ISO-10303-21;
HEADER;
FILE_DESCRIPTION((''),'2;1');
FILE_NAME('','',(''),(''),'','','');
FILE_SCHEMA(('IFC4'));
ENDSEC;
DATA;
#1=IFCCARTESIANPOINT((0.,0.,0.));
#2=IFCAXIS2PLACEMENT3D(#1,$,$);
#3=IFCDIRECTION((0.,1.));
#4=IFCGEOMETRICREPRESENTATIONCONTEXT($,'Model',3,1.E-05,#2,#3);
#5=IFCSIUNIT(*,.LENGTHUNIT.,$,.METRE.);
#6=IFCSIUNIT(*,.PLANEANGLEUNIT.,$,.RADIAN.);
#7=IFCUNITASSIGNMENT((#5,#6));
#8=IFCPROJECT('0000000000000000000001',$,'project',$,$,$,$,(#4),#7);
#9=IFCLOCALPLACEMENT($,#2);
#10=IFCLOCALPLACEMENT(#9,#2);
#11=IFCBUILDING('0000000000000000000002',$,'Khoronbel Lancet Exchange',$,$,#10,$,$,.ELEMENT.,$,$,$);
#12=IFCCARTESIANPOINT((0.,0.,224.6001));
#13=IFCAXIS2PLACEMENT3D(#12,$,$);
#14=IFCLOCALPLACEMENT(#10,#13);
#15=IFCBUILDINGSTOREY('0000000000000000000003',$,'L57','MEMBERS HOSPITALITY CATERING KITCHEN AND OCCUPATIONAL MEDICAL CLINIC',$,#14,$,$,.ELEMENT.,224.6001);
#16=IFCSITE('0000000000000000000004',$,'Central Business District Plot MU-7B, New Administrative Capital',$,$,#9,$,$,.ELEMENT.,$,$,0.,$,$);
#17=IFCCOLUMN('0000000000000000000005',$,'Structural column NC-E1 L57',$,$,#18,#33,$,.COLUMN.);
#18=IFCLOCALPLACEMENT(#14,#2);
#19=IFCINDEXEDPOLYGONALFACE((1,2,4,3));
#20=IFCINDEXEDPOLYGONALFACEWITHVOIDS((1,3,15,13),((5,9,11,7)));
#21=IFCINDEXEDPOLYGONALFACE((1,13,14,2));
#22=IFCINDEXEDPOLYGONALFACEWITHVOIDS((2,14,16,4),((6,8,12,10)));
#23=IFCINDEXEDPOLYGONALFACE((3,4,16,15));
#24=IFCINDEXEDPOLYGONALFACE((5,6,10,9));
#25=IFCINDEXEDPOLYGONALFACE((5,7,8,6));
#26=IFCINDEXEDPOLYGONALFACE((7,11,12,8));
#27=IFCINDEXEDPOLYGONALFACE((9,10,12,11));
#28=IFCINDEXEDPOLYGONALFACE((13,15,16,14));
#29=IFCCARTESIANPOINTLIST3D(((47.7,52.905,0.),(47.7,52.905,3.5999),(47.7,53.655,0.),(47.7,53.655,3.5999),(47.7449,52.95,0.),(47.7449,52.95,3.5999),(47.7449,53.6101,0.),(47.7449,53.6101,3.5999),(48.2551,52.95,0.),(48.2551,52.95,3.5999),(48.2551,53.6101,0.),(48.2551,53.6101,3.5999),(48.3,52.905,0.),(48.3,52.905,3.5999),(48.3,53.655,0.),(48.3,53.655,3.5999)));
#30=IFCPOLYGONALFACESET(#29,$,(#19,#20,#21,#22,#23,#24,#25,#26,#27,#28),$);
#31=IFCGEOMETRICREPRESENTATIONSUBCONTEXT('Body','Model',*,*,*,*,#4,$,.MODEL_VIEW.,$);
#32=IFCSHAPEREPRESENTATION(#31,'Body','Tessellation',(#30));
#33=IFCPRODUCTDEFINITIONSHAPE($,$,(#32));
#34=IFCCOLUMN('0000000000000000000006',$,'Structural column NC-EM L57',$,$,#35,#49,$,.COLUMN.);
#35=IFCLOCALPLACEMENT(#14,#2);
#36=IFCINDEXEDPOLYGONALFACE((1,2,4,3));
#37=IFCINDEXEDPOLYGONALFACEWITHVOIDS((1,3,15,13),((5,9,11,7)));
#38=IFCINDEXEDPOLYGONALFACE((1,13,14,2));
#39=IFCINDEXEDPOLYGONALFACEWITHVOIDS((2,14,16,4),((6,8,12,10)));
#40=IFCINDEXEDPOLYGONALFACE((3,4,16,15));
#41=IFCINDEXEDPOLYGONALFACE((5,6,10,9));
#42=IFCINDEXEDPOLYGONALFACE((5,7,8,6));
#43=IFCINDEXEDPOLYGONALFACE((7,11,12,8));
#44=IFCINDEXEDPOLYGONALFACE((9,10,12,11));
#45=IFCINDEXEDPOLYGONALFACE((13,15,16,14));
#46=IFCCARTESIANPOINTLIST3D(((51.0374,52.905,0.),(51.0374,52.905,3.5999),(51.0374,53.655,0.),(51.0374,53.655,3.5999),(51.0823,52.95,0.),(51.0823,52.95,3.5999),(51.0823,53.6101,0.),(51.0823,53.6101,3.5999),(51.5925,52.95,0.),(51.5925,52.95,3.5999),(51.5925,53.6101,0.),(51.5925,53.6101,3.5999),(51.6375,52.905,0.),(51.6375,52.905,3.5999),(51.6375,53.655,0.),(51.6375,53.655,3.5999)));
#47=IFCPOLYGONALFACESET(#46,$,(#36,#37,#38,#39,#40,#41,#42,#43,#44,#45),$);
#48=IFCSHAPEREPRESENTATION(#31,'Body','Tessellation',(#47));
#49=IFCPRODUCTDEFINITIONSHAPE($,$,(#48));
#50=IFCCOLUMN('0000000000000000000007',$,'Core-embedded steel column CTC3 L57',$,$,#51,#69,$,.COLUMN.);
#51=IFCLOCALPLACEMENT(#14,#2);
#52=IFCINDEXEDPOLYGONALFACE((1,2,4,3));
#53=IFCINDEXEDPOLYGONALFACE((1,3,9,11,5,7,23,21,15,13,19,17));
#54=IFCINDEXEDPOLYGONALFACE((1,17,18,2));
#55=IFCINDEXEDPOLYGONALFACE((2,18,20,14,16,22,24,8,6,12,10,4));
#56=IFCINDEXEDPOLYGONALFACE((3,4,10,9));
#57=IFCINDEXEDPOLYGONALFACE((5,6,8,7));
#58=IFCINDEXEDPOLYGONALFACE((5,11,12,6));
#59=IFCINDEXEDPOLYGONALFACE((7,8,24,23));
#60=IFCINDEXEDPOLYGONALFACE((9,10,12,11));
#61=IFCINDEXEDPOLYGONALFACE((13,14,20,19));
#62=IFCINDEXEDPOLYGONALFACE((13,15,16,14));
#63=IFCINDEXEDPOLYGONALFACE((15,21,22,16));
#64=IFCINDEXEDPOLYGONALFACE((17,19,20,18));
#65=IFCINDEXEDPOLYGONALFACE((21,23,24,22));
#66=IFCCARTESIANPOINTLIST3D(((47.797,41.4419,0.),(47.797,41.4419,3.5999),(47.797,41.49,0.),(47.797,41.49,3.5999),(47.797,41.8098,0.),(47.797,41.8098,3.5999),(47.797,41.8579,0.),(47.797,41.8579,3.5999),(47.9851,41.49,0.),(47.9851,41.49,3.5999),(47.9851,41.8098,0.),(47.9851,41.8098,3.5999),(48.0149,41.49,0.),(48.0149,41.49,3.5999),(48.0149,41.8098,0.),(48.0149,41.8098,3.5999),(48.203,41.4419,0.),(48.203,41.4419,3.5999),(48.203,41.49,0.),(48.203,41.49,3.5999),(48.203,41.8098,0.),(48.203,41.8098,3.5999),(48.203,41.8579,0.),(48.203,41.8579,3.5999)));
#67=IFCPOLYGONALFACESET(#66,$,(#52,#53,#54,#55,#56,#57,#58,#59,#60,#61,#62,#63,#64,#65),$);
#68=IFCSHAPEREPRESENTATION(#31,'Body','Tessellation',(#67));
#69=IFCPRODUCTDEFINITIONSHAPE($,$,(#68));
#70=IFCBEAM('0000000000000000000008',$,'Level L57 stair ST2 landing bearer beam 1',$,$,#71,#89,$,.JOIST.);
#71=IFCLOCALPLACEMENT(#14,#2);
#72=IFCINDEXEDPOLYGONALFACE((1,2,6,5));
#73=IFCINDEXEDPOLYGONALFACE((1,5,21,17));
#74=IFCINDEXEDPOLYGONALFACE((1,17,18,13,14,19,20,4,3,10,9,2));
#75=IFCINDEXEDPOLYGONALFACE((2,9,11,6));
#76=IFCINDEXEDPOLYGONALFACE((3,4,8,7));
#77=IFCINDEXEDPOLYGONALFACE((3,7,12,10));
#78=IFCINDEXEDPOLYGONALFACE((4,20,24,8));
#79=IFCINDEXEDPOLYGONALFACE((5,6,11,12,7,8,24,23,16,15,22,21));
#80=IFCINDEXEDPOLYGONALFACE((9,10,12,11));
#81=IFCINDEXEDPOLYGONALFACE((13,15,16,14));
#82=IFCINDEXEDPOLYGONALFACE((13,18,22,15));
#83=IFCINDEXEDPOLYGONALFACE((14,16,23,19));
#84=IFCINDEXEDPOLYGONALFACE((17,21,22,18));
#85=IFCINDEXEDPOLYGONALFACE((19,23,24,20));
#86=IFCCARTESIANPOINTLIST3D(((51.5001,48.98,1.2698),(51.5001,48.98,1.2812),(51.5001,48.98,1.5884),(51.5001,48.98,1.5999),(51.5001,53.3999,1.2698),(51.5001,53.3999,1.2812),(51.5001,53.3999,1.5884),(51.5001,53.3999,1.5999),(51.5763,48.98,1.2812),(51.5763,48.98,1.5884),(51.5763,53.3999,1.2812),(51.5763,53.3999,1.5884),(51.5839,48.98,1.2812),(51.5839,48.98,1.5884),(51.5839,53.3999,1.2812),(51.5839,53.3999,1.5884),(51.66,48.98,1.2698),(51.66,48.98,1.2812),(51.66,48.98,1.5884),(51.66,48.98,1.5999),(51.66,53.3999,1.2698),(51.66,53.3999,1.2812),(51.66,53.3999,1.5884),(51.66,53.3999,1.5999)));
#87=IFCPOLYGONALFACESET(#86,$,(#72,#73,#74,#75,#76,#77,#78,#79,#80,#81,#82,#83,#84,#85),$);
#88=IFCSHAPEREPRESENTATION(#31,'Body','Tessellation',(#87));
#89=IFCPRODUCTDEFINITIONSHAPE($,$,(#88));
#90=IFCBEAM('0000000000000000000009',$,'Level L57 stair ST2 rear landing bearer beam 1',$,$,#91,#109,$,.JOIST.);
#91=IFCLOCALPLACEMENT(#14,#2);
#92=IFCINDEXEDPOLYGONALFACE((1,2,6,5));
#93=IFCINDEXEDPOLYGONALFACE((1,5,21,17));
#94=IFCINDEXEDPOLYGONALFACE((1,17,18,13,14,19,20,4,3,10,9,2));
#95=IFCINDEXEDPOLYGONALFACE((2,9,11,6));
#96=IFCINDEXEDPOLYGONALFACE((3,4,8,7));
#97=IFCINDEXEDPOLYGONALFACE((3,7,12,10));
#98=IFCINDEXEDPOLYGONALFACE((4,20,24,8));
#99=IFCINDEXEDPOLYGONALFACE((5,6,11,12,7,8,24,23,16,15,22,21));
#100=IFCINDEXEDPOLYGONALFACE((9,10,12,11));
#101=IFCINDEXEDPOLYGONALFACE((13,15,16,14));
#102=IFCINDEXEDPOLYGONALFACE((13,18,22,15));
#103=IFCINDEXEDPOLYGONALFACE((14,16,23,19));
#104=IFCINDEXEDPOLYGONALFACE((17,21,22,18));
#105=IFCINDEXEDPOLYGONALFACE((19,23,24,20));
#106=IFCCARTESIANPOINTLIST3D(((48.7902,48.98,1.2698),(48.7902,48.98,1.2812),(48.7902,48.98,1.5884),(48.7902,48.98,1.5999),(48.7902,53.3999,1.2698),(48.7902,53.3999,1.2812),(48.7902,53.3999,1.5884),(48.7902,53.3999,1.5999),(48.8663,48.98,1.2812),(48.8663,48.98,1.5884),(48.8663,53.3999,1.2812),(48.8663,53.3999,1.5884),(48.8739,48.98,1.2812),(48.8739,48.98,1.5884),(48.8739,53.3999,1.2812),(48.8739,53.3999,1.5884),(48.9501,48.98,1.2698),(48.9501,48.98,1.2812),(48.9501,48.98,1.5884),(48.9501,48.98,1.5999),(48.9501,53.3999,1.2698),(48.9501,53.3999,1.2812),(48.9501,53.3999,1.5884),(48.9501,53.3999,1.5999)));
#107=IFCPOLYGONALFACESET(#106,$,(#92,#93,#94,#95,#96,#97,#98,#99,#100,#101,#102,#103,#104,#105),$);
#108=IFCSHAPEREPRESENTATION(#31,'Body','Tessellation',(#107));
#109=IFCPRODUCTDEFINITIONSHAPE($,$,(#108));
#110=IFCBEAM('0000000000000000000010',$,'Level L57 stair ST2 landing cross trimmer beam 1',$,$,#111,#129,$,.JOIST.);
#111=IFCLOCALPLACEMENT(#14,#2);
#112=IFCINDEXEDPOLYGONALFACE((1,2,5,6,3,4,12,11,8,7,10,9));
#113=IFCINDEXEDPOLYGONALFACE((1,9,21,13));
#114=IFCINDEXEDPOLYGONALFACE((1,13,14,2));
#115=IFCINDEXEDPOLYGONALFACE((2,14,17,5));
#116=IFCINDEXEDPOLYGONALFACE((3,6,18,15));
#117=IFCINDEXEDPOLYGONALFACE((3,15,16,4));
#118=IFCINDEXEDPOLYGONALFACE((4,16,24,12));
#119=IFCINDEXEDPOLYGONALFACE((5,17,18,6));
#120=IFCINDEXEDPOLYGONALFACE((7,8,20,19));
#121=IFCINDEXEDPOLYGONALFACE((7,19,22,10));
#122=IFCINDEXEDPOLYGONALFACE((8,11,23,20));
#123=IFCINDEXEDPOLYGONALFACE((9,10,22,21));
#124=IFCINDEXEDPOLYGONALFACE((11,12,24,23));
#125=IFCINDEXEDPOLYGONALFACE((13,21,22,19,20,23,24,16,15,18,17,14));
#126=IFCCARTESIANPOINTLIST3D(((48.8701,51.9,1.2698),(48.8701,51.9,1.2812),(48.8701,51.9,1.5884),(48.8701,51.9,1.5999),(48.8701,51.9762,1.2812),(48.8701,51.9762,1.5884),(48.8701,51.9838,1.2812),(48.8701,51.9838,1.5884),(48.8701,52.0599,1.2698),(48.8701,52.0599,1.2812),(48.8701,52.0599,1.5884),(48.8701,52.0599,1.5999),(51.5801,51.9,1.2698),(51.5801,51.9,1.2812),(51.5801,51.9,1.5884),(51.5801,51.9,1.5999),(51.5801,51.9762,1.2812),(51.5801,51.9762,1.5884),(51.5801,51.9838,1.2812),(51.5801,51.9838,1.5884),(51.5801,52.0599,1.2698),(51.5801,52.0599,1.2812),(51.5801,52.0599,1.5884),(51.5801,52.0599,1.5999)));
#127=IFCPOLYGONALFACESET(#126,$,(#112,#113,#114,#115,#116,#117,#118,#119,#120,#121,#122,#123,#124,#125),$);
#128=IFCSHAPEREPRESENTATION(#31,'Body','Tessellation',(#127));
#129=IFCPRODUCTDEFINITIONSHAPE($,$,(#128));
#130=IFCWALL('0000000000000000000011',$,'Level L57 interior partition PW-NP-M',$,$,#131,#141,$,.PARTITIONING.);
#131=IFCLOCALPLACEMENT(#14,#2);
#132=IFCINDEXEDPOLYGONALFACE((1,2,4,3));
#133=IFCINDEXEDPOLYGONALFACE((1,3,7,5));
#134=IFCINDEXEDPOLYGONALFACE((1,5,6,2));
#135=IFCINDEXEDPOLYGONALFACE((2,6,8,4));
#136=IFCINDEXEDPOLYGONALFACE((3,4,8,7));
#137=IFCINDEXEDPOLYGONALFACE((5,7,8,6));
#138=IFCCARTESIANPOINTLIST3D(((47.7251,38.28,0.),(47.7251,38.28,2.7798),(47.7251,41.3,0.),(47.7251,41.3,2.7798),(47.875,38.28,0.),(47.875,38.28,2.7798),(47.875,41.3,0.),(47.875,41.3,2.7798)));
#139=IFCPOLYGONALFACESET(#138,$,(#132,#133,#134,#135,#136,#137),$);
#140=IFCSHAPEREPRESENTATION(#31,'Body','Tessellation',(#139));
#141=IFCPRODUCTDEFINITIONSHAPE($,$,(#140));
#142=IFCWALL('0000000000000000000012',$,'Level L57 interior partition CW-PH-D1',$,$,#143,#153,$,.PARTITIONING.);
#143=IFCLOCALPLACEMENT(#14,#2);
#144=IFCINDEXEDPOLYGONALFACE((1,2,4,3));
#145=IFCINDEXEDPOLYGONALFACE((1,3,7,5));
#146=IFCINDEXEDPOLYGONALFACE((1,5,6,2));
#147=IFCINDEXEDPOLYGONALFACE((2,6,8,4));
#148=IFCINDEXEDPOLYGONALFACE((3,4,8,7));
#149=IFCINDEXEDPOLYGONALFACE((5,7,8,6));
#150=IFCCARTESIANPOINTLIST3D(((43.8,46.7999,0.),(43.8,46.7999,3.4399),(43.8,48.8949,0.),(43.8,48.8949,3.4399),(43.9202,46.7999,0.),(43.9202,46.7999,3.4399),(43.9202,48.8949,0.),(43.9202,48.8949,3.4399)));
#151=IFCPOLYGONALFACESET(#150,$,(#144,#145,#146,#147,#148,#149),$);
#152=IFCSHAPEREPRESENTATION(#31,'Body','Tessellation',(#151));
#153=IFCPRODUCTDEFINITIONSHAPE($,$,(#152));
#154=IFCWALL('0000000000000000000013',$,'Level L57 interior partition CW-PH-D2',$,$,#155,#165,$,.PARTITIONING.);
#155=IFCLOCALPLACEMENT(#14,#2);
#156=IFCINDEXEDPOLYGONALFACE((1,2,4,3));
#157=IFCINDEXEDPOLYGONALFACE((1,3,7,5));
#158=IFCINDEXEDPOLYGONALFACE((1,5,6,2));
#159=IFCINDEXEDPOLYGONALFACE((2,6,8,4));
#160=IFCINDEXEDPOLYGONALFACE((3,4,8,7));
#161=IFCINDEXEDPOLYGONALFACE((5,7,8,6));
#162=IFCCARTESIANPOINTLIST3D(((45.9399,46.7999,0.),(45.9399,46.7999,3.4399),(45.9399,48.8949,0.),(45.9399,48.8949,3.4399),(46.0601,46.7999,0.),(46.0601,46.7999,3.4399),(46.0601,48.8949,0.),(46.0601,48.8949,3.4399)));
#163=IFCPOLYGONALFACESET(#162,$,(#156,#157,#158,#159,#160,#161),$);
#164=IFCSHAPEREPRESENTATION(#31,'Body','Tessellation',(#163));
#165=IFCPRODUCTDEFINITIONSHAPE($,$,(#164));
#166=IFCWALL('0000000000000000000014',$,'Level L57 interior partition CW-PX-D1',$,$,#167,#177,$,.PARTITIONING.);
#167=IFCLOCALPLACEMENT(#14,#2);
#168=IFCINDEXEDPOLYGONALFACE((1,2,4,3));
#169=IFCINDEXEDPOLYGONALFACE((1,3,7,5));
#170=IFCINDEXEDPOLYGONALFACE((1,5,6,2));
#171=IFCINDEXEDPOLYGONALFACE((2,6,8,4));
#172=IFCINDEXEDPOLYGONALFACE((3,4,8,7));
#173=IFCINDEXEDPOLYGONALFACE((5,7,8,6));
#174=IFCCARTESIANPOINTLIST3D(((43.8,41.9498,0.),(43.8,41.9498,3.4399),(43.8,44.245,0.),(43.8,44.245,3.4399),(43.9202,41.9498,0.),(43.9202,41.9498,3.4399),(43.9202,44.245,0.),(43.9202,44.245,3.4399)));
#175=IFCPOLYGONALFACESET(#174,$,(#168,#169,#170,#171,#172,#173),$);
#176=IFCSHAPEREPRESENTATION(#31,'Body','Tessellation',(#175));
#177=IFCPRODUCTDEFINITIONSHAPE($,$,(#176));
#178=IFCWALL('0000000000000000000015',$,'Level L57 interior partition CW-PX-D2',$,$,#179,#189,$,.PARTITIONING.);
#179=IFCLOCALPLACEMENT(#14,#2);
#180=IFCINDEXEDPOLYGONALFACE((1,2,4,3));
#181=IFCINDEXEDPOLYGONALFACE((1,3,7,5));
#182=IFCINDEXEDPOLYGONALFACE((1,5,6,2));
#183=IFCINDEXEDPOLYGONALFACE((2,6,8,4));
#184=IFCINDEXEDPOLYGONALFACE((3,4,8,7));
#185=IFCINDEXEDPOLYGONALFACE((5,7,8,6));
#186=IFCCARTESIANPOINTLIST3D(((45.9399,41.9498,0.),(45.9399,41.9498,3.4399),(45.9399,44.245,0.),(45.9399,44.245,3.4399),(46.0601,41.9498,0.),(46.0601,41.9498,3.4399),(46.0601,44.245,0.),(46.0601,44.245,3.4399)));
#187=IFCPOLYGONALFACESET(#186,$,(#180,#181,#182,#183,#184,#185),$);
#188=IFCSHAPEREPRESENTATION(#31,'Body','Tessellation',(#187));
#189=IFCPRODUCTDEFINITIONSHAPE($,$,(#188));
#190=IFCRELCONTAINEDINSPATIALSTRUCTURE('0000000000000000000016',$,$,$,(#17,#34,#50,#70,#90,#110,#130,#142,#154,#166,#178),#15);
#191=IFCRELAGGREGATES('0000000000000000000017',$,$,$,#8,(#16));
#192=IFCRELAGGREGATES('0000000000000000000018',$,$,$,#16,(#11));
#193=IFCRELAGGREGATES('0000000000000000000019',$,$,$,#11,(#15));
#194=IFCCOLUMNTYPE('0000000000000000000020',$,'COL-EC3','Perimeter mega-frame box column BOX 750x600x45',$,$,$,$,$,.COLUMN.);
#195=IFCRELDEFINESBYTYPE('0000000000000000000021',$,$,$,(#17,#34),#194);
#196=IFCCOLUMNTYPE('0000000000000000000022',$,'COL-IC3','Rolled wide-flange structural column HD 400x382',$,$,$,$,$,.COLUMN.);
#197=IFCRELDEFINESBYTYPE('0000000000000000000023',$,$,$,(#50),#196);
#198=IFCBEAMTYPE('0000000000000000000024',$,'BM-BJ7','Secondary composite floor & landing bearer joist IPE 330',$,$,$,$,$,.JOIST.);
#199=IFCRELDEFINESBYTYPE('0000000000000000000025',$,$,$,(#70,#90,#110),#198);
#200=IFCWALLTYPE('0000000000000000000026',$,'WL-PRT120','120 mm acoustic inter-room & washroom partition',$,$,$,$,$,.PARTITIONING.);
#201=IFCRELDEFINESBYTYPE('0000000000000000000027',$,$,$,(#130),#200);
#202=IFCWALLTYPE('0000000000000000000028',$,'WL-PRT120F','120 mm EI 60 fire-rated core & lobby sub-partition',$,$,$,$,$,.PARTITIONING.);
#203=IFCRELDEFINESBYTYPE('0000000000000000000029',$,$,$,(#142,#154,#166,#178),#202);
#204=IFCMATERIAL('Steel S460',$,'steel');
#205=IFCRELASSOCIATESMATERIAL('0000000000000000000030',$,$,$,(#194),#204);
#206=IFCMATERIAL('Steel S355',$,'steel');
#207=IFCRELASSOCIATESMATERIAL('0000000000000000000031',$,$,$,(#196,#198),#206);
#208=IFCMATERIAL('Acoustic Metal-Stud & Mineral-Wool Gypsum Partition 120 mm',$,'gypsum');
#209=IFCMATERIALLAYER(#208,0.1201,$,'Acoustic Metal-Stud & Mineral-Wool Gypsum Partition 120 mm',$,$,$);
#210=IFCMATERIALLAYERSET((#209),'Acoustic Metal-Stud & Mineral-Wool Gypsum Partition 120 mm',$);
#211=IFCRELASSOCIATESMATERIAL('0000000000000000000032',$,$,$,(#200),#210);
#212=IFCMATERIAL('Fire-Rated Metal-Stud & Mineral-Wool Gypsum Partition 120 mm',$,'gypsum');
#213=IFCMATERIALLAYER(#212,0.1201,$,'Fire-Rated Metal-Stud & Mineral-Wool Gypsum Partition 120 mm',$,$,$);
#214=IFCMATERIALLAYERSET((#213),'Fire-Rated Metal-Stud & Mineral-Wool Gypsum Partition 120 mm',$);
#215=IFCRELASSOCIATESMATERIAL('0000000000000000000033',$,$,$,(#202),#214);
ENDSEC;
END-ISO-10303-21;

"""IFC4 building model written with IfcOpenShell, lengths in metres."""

from ifc_helpers import new_model, si_unit, direction, frame, frame_2d, origin, origin_2d, place, context, subcontext, project, spatial, rectangle, hollow_rectangle, i_section, extrude, material, layer, layer_set, material_profile, profile_set, type_object, element, save


model = new_model("IFC4")

# Units and contexts
model_context = context("Model", 3, precision=1e-05, world=origin(), true_north=direction((0.0, 1.0)))
body_context = subcontext(model_context, "Body", "Model", "MODEL_VIEW")
ifc_project = project(units=[si_unit("LENGTHUNIT", "METRE"), si_unit("PLANEANGLEUNIT", "RADIAN")], contexts=[model_context])

# Site, building, storey
site_placement = place(None, origin())
site = spatial("IfcSite", under=ifc_project, at=site_placement, Name="Central Business District Plot MU-7B, New Administrative Capital", CompositionType="ELEMENT", RefElevation=0.0)
building_placement = place(site_placement, origin())
building = spatial("IfcBuilding", under=site, at=building_placement, Name="Khoronbel Lancet Exchange", CompositionType="ELEMENT")
storey_placement = place(building_placement, frame((0.0, 0.0, 224.6001)))
storey = spatial("IfcBuildingStorey", under=building, at=storey_placement, Name="L57", Description="MEMBERS HOSPITALITY CATERING KITCHEN AND OCCUPATIONAL MEDICAL CLINIC", CompositionType="ELEMENT", Elevation=224.6001)

# Columns
ifc_material_1 = material(Name="Steel S460", Category="steel")
ifc_material_profile_1 = material_profile(ifc_material_1, hollow_rectangle(XDim=0.6001, YDim=0.75, WallThickness=0.0449, at=origin_2d()), Name="BOX 750x600x45")
ifc_profile_set_1 = profile_set([ifc_material_profile_1], Name="Steel S460")
column_type_1 = type_object("IfcColumnType", Name="COL-EC3", Description="Perimeter mega-frame box column BOX 750x600x45", PredefinedType="COLUMN", material=ifc_profile_set_1)
for number, where, z_axis, x_axis, name in (
    (1, (48.0, 53.28, 0.0), (0.0, 0.0, 1.0), (1.0, 0.0, 0.0), "Structural column NC-E1 L57"),
    (2, (51.3374, 53.28, 0.0), (0.0, 0.0, 1.0), (1.0, 0.0, 0.0), "Structural column NC-EM L57"),
):
    element("IfcColumn", number, at=place(storey_placement, frame(where, z_axis=z_axis, x_axis=x_axis)), inside=storey, type_object=column_type_1, Name=name, PredefinedType="COLUMN", context=body_context, shape_type="SweptSolid", body=[
        extrude(hollow_rectangle(XDim=0.6001, YDim=0.75, WallThickness=0.0449, at=origin_2d()), origin(), (0.0, 0.0, 1.0), 3.5999),
    ])
ifc_material_2 = material(Name="Steel S355", Category="steel")
ifc_material_profile_2 = material_profile(ifc_material_2, i_section(OverallWidth=0.406, OverallDepth=0.416, WebThickness=0.0298, FlangeThickness=0.0481, at=origin_2d()), Name="HD 400x382")
ifc_profile_set_2 = profile_set([ifc_material_profile_2], Name="Steel S355")
column_type_2 = type_object("IfcColumnType", Name="COL-IC3", Description="Rolled wide-flange structural column HD 400x382", PredefinedType="COLUMN", material=ifc_profile_set_2)
column_placement = place(storey_placement, frame((48.0, 41.6499, 0.0), z_axis=(0.0, 0.0, 1.0), x_axis=(1.0, 0.0, 0.0)))
element("IfcColumn", 3, at=column_placement, inside=storey, type_object=column_type_2, Name="Core-embedded steel column CTC3 L57", PredefinedType="COLUMN", context=body_context, shape_type="SweptSolid", body=[
    extrude(i_section(OverallWidth=0.406, OverallDepth=0.416, WebThickness=0.0298, FlangeThickness=0.0481, at=origin_2d()), origin(), (0.0, 0.0, 1.0), 3.5999),
])

# Beams
ifc_material_profile_3 = material_profile(ifc_material_2, i_section(OverallWidth=0.1599, OverallDepth=0.3301, WebThickness=0.0076, FlangeThickness=0.0115, at=origin_2d()), Name="IPE 330")
ifc_profile_set_3 = profile_set([ifc_material_profile_3], Name="Steel S355")
beam_type = type_object("IfcBeamType", Name="BM-BJ7", Description="Secondary composite floor & landing bearer joist IPE 330", PredefinedType="JOIST", material=ifc_profile_set_3)
for number, where, z_axis, x_axis, name in (
    (4, (51.5801, 48.98, 1.4348), (0.0, 1.0, 0.0), (-1.0, 0.0, 0.0), "Level L57 stair ST2 landing bearer beam 1"),
    (5, (48.8701, 48.98, 1.4348), (0.0, 1.0, 0.0), (-1.0, 0.0, 0.0), "Level L57 stair ST2 rear landing bearer beam 1"),
):
    element("IfcBeam", number, at=place(storey_placement, frame(where, z_axis=z_axis, x_axis=x_axis)), inside=storey, type_object=beam_type, Name=name, PredefinedType="JOIST", context=body_context, shape_type="SweptSolid", body=[
        extrude(i_section(OverallWidth=0.1599, OverallDepth=0.3301, WebThickness=0.0076, FlangeThickness=0.0115, at=origin_2d()), origin(), (0.0, 0.0, 1.0), 4.4199),
    ])
beam_placement = place(storey_placement, frame((48.8701, 51.98, 1.4348), z_axis=(1.0, 0.0, 0.0), x_axis=(0.0, 1.0, 0.0)))
element("IfcBeam", 6, at=beam_placement, inside=storey, type_object=beam_type, Name="Level L57 stair ST2 landing cross trimmer beam 1", PredefinedType="JOIST", context=body_context, shape_type="SweptSolid", body=[
    extrude(i_section(OverallWidth=0.1599, OverallDepth=0.3301, WebThickness=0.0076, FlangeThickness=0.0115, at=origin_2d()), origin(), (0.0, 0.0, 1.0), 2.71),
])

# Walls
ifc_material_3 = material(Name="Acoustic Metal-Stud & Mineral-Wool Gypsum Partition 120 mm", Category="gypsum")
ifc_layer_1 = layer(ifc_material_3, 0.1201, Name="Acoustic Metal-Stud & Mineral-Wool Gypsum Partition 120 mm")
ifc_layer_set_1 = layer_set([ifc_layer_1], Name="Acoustic Metal-Stud & Mineral-Wool Gypsum Partition 120 mm")
wall_type_1 = type_object("IfcWallType", Name="WL-PRT120", Description="120 mm acoustic inter-room & washroom partition", PredefinedType="PARTITIONING", material=ifc_layer_set_1)
wall_1_placement = place(storey_placement, frame((47.8, 38.28, 0.0), z_axis=(0.0, 0.0, 1.0), x_axis=(0.0, 1.0, 0.0)))
element("IfcWall", 7, at=wall_1_placement, inside=storey, type_object=wall_type_1, Name="Level L57 interior partition PW-NP-M", PredefinedType="PARTITIONING", context=body_context, shape_type="SweptSolid", body=[
    extrude(rectangle(XDim=3.02, YDim=0.1499, at=frame_2d((1.51, 0.0))), origin(), (0.0, 0.0, 1.0), 2.7798),
])
ifc_material_4 = material(Name="Fire-Rated Metal-Stud & Mineral-Wool Gypsum Partition 120 mm", Category="gypsum")
ifc_layer_2 = layer(ifc_material_4, 0.1201, Name="Fire-Rated Metal-Stud & Mineral-Wool Gypsum Partition 120 mm")
ifc_layer_set_2 = layer_set([ifc_layer_2], Name="Fire-Rated Metal-Stud & Mineral-Wool Gypsum Partition 120 mm")
wall_type_2 = type_object("IfcWallType", Name="WL-PRT120F", Description="120 mm EI 60 fire-rated core & lobby sub-partition", PredefinedType="PARTITIONING", material=ifc_layer_set_2)
for number, where, z_axis, x_axis, name in (
    (8, (43.8601, 46.8, 0.0), (0.0, 0.0, 1.0), (0.0, 1.0, 0.0), "Level L57 interior partition CW-PH-D1"),
    (9, (46.0, 46.8, 0.0), (0.0, 0.0, 1.0), (0.0, 1.0, 0.0), "Level L57 interior partition CW-PH-D2"),
):
    element("IfcWall", number, at=place(storey_placement, frame(where, z_axis=z_axis, x_axis=x_axis)), inside=storey, type_object=wall_type_2, Name=name, PredefinedType="PARTITIONING", context=body_context, shape_type="SweptSolid", body=[
        extrude(rectangle(XDim=2.095, YDim=0.1201, at=frame_2d((1.0474, 0.0))), origin(), (0.0, 0.0, 1.0), 3.4399),
    ])
for number, where, z_axis, x_axis, name in (
    (10, (43.8601, 41.95, 0.0), (0.0, 0.0, 1.0), (0.0, 1.0, 0.0), "Level L57 interior partition CW-PX-D1"),
    (11, (46.0, 41.95, 0.0), (0.0, 0.0, 1.0), (0.0, 1.0, 0.0), "Level L57 interior partition CW-PX-D2"),
):
    element("IfcWall", number, at=place(storey_placement, frame(where, z_axis=z_axis, x_axis=x_axis)), inside=storey, type_object=wall_type_2, Name=name, PredefinedType="PARTITIONING", context=body_context, shape_type="SweptSolid", body=[
        extrude(rectangle(XDim=2.2952, YDim=0.1201, at=frame_2d((1.1475, 0.0))), origin(), (0.0, 0.0, 1.0), 3.4399),
    ])

save(model, "model.ifc")
